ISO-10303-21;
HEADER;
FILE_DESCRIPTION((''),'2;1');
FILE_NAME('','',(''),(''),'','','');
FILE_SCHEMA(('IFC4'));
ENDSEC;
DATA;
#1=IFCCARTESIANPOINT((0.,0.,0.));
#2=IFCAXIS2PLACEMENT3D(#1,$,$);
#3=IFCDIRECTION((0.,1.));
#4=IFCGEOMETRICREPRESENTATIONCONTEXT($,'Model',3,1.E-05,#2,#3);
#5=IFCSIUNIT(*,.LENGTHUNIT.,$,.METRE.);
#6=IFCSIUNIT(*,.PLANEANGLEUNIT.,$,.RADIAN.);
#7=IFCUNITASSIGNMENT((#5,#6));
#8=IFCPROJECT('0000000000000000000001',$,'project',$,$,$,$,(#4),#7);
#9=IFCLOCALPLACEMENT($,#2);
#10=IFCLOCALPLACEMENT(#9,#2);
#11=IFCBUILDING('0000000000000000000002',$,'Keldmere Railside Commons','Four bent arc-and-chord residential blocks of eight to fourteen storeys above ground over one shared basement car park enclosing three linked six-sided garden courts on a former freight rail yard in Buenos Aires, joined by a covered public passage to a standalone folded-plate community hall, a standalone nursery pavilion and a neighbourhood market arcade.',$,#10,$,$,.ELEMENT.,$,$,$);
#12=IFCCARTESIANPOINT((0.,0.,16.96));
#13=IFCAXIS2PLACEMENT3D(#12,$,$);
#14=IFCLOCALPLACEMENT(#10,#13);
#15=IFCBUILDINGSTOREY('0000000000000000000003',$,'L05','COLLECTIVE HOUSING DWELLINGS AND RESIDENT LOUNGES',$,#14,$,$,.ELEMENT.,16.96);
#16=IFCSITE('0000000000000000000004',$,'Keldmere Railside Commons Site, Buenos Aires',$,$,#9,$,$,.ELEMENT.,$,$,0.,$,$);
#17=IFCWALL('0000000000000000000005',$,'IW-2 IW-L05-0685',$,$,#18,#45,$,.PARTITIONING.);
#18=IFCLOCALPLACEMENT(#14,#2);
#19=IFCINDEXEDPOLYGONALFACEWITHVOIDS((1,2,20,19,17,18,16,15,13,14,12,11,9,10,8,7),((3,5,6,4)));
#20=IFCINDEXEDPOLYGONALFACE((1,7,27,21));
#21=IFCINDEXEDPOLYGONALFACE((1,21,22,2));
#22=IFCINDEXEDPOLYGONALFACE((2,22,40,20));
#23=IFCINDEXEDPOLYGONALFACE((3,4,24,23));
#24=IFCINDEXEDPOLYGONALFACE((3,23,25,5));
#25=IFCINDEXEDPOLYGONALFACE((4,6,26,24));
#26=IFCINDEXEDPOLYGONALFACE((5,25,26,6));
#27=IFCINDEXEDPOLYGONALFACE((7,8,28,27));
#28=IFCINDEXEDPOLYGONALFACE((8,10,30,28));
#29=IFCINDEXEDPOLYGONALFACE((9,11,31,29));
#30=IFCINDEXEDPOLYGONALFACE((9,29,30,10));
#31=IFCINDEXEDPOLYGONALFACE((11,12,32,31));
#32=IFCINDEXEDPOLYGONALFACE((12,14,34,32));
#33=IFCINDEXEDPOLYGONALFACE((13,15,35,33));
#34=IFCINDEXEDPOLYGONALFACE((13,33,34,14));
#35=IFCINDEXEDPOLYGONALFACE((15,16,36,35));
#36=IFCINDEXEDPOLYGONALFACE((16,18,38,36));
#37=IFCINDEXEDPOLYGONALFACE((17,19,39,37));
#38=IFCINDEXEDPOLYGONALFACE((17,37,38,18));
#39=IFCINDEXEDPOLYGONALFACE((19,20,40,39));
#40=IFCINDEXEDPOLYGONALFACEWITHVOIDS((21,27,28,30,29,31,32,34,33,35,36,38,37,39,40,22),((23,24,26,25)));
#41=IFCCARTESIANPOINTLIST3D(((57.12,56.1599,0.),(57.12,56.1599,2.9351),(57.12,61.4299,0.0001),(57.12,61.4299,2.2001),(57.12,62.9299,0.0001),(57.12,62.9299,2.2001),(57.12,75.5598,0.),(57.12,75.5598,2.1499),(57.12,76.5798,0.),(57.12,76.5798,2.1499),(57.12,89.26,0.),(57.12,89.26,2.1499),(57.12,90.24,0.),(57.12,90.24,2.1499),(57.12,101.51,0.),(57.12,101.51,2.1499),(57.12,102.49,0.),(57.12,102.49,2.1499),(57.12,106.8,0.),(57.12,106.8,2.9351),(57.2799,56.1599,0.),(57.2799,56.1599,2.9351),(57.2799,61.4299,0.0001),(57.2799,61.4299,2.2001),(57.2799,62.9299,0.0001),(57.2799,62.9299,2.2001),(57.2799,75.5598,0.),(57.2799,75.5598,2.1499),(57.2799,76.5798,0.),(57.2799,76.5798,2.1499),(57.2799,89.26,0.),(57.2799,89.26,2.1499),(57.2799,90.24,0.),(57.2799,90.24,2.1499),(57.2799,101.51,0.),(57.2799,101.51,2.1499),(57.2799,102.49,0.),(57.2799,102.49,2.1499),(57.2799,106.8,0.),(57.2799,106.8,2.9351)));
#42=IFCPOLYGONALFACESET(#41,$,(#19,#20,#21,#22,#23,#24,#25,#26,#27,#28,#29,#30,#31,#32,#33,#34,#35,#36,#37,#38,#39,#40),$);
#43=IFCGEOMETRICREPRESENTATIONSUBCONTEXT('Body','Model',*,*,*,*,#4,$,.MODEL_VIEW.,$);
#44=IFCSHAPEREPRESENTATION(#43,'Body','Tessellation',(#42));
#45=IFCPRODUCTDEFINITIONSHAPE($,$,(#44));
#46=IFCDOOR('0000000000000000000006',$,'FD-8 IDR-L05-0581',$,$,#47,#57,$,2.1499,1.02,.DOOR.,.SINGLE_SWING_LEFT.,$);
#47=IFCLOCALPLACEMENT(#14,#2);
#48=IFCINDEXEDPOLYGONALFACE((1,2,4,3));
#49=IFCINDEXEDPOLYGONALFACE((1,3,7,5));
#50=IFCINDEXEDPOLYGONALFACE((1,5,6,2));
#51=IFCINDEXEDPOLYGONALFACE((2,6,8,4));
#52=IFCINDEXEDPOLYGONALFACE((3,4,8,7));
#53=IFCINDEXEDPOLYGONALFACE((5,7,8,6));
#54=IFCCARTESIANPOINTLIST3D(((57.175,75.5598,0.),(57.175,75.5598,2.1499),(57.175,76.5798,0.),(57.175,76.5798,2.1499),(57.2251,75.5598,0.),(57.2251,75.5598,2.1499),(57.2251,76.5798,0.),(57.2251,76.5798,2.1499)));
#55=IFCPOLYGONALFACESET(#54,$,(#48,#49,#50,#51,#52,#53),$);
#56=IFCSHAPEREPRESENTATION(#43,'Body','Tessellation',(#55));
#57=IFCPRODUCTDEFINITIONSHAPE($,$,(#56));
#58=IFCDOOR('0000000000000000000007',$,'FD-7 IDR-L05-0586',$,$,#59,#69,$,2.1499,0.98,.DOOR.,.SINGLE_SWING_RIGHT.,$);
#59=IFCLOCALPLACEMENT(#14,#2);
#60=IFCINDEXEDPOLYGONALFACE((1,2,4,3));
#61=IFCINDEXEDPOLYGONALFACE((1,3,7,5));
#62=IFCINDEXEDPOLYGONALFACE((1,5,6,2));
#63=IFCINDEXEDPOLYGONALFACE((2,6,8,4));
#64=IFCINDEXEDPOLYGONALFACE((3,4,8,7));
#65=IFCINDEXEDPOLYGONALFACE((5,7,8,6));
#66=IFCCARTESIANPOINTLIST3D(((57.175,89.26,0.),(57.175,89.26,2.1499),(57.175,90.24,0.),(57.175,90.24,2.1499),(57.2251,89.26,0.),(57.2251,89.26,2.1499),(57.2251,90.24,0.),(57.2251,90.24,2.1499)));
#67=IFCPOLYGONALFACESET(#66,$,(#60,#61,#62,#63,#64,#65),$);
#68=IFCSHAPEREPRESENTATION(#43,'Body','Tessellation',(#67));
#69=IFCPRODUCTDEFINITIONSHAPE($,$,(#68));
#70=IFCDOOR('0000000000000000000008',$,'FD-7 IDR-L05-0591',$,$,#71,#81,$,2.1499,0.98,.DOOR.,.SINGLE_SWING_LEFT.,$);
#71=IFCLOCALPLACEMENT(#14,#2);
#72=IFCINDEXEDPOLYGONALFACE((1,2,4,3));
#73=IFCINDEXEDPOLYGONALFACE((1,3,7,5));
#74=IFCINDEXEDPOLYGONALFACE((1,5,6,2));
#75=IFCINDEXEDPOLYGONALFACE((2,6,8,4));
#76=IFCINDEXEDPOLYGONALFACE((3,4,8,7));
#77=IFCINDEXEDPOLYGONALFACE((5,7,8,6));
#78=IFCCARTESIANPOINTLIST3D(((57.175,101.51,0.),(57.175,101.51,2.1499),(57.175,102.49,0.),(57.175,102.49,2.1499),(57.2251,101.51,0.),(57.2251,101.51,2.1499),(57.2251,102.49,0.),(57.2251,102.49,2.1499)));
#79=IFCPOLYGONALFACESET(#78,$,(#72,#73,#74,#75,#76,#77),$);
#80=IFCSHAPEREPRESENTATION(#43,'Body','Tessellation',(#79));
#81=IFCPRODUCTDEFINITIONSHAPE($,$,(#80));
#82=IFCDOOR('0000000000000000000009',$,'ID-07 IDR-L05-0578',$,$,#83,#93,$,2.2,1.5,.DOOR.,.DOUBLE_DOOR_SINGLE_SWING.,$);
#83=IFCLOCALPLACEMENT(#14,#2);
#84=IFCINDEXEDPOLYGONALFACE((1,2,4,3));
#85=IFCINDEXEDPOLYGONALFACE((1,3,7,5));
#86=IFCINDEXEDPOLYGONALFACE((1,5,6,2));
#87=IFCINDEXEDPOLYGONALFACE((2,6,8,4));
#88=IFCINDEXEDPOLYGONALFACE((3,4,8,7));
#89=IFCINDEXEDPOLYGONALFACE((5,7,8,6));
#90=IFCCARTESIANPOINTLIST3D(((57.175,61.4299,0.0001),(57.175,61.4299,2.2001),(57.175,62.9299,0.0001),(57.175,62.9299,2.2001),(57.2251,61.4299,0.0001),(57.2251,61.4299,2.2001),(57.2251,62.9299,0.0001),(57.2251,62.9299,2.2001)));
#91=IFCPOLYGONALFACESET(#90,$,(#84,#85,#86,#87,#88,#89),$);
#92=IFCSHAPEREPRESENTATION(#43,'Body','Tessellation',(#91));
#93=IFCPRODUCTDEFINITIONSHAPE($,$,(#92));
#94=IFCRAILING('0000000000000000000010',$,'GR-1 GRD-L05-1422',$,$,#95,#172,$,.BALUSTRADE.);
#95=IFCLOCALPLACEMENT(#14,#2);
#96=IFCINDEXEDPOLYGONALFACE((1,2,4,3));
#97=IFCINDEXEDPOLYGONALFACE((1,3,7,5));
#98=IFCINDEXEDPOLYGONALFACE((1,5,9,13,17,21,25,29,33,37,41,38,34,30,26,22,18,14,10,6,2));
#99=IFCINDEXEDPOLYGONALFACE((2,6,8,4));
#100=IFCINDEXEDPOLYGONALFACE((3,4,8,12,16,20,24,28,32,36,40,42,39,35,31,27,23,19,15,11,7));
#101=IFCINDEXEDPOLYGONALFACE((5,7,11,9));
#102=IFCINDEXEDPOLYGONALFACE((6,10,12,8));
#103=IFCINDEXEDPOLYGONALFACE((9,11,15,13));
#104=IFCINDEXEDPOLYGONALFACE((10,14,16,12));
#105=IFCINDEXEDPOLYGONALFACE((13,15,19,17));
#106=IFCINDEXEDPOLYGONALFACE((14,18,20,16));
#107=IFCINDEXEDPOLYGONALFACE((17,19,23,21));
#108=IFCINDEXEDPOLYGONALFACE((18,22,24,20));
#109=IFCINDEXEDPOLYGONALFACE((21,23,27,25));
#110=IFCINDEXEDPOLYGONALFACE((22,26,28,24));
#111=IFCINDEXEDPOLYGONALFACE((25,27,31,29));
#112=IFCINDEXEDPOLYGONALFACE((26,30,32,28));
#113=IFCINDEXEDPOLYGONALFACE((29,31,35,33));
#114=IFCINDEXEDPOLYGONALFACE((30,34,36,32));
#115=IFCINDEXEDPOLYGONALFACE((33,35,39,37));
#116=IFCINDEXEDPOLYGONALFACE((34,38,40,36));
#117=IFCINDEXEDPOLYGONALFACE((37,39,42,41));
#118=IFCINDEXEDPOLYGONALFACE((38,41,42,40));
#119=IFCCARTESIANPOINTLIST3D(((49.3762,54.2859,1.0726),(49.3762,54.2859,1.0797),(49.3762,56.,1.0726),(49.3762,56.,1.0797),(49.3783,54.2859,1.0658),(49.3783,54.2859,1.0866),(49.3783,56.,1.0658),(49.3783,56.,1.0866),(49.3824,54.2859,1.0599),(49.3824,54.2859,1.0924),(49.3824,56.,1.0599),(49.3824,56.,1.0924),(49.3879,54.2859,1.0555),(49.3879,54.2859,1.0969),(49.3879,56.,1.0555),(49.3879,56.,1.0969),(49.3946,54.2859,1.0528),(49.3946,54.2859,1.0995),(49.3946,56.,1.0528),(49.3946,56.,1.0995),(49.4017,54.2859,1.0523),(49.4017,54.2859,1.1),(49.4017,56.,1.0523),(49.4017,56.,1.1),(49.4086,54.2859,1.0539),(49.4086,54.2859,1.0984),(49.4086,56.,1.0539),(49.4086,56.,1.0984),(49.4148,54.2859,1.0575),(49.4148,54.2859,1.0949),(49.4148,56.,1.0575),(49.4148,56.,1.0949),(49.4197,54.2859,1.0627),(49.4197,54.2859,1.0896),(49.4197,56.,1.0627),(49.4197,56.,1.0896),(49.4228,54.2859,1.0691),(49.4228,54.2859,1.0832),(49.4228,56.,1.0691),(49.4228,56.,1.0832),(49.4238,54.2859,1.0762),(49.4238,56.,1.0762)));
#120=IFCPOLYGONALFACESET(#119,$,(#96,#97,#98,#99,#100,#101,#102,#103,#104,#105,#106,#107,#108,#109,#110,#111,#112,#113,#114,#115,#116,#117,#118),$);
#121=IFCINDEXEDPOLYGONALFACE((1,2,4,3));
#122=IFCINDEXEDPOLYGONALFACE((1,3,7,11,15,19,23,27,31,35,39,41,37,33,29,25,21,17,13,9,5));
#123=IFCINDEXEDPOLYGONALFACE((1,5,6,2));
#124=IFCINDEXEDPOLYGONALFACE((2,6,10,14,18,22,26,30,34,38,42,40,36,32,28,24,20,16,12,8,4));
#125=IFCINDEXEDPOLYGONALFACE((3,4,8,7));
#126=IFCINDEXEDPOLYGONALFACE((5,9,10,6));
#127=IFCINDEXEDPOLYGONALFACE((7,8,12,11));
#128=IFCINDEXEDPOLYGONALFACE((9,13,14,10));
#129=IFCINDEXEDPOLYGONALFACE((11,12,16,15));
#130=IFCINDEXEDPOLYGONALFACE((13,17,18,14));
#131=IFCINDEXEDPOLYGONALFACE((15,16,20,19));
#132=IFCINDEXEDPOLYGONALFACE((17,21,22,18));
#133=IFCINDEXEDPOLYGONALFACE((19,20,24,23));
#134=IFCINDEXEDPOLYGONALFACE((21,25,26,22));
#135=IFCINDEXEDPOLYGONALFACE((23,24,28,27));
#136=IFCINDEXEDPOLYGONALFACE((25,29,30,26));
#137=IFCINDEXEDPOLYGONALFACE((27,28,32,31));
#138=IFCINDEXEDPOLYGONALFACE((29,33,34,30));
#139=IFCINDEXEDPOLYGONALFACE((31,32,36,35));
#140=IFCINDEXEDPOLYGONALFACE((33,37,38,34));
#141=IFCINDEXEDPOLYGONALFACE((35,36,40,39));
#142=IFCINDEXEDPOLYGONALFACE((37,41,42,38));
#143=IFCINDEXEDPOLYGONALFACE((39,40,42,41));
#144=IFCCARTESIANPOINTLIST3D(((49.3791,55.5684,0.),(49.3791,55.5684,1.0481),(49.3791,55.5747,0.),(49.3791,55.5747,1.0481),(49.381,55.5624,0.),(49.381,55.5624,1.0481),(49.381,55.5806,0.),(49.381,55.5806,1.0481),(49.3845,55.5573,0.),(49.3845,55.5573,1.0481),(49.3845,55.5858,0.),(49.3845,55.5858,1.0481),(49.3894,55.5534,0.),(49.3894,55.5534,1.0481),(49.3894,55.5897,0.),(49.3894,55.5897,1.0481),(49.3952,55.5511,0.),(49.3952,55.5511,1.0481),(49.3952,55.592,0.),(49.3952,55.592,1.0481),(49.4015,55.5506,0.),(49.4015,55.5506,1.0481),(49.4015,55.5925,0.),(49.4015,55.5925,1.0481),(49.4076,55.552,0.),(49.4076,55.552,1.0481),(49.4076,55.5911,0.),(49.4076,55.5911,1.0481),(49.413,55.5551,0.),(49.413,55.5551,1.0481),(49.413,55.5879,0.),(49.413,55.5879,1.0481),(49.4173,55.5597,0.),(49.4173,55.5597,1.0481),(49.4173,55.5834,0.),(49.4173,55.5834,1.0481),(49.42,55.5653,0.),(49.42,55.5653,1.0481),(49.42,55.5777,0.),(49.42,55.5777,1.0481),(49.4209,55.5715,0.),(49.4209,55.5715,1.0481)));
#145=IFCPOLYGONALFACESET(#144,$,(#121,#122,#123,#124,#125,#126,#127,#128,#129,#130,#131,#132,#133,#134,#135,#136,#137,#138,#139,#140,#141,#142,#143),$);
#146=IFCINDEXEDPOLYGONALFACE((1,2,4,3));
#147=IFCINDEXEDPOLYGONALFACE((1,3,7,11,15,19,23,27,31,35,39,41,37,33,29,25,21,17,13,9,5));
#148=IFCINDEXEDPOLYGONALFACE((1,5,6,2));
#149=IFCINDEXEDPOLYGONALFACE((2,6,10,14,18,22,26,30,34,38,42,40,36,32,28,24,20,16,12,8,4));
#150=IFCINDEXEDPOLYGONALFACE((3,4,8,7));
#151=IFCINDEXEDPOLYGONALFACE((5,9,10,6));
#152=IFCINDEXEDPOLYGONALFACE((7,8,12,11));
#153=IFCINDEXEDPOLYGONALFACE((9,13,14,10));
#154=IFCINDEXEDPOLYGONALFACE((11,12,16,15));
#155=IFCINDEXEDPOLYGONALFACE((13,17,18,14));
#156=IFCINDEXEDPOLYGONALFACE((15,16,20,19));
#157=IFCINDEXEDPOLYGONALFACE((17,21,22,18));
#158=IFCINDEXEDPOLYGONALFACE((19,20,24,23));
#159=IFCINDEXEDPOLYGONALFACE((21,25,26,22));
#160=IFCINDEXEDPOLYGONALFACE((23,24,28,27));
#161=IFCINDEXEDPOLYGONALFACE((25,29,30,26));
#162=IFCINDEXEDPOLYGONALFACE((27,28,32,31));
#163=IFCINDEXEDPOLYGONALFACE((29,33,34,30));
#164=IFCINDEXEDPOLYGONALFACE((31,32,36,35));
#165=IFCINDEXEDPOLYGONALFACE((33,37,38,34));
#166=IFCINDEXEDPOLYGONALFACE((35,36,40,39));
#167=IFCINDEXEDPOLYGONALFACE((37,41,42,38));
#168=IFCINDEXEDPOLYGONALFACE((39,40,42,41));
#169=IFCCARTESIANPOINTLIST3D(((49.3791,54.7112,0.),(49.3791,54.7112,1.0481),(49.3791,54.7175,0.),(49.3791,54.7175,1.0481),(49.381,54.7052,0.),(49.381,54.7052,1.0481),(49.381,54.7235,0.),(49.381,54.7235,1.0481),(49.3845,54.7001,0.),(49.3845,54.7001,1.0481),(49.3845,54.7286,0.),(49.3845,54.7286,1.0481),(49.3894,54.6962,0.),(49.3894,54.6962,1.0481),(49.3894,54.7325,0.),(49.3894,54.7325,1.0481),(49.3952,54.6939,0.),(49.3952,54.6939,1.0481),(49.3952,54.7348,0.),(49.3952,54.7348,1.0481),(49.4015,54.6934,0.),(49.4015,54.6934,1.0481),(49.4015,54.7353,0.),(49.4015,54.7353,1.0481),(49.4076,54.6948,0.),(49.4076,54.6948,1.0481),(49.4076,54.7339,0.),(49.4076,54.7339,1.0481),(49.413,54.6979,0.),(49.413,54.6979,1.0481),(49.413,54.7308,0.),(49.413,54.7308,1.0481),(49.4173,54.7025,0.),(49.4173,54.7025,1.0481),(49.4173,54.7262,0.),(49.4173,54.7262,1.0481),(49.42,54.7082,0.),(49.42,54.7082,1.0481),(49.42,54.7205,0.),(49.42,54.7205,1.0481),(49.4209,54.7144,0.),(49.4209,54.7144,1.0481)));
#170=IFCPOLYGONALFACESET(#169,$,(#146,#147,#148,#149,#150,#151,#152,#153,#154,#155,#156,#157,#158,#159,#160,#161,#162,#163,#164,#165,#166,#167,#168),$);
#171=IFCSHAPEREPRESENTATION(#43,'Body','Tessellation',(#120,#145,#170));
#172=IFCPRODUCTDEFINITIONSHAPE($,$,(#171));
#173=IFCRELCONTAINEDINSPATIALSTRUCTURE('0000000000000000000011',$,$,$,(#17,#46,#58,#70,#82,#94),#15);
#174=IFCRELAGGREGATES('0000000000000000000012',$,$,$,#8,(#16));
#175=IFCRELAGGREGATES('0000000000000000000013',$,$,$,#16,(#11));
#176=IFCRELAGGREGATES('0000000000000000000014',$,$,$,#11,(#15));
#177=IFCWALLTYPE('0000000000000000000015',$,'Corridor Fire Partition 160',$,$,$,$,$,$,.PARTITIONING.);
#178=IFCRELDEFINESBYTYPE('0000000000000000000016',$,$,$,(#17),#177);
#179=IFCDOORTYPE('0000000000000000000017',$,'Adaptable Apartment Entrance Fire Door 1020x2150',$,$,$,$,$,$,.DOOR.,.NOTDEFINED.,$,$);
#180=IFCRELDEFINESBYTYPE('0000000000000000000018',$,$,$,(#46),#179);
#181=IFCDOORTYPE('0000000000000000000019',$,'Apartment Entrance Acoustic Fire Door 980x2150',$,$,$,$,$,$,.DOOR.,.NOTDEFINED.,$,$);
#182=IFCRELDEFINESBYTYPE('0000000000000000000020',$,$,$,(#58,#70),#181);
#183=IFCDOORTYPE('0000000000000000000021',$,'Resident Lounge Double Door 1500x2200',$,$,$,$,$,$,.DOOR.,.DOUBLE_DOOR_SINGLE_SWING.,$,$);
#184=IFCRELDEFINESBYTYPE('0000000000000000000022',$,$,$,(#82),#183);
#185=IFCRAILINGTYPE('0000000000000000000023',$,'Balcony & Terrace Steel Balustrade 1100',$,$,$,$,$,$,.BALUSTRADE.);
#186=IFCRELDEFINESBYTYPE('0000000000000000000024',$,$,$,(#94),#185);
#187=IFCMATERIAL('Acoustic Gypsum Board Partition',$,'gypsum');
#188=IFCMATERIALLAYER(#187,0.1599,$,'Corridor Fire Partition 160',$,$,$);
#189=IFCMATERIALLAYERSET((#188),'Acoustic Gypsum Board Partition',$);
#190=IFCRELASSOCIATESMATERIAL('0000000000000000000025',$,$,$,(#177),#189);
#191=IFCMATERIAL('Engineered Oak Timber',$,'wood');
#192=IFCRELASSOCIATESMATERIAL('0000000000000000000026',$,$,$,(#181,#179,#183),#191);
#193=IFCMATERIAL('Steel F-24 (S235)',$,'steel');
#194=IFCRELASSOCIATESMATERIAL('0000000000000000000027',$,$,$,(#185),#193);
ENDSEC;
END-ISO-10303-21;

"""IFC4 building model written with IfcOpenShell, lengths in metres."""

from ifc_helpers import new_model, si_unit, direction, frame, frame_2d, origin, origin_2d, place, context, subcontext, project, spatial, rectangle, circle, extrude, material, layer, layer_set, type_object, element, fill, save


model = new_model("IFC4")

# Units and contexts
model_context = context("Model", 3, precision=1e-05, world=origin(), true_north=direction((0.0, 1.0)))
body_context = subcontext(model_context, "Body", "Model", "MODEL_VIEW")
ifc_project = project(units=[si_unit("LENGTHUNIT", "METRE"), si_unit("PLANEANGLEUNIT", "RADIAN")], contexts=[model_context])

# Site, building, storey
site_placement = place(None, origin())
site = spatial("IfcSite", under=ifc_project, at=site_placement, Name="Keldmere Railside Commons Site, Buenos Aires", CompositionType="ELEMENT", RefElevation=0.0)
building_placement = place(site_placement, origin())
building = spatial("IfcBuilding", under=site, at=building_placement, Name="Keldmere Railside Commons", Description="Four bent arc-and-chord residential blocks of eight to fourteen storeys above ground over one shared basement car park enclosing three linked six-sided garden courts on a former freight rail yard in Buenos Aires, joined by a covered public passage to a standalone folded-plate community hall, a standalone nursery pavilion and a neighbourhood market arcade.", CompositionType="ELEMENT")
storey_placement = place(building_placement, frame((0.0, 0.0, 16.96)))
storey = spatial("IfcBuildingStorey", under=building, at=storey_placement, Name="L05", Description="COLLECTIVE HOUSING DWELLINGS AND RESIDENT LOUNGES", CompositionType="ELEMENT", Elevation=16.96)

# Wall, openings, doors
ifc_material_1 = material(Name="Acoustic Gypsum Board Partition", Category="gypsum")
ifc_layer = layer(ifc_material_1, 0.1599, Name="Corridor Fire Partition 160")
ifc_layer_set = layer_set([ifc_layer], Name="Acoustic Gypsum Board Partition")
wall_type = type_object("IfcWallType", Name="Corridor Fire Partition 160", PredefinedType="PARTITIONING", material=ifc_layer_set)
ifc_material_2 = material(Name="Engineered Oak Timber", Category="wood")
door_type_1 = type_object("IfcDoorType", Name="Apartment Entrance Acoustic Fire Door 980x2150", OperationType="NOTDEFINED", PredefinedType="DOOR", material=ifc_material_2)
ifc_material_3 = material(Name="Steel F-24 (S235)", Category="steel")
wall_1_placement = place(storey_placement, frame((57.2, 56.1599, 0.0), z_axis=(0.0, 0.0, 1.0), x_axis=(0.0, 1.0, 0.0)))
wall_1 = element("IfcWall", 1, at=wall_1_placement, inside=storey, type_object=wall_type, Name="IW-2 IW-L05-0685", PredefinedType="PARTITIONING", context=body_context, shape_type="SweptSolid", body=[
    extrude(rectangle(XDim=50.6401, YDim=0.1599, at=frame_2d((25.3201, 0.0))), origin(), (0.0, 0.0, 1.0), 2.9351),
])
opening_1_placement = place(wall_1_placement, frame((5.27, 0.0, 0.0)))
opening_1 = element("IfcOpeningElement", 2, at=opening_1_placement, cuts=wall_1, PredefinedType="OPENING", context=body_context, shape_type="SweptSolid", body=[
    extrude(rectangle(XDim=1.5, YDim=2.2, at=frame_2d((0.75, 1.1001))), frame((0.0, 0.0898, 0.0), z_axis=(0.0, -1.0, 0.0), x_axis=(1.0, 0.0, 0.0)), (0.0, 0.0, 1.0), 0.1799),
])
opening_2_placement = place(wall_1_placement, frame((19.3999, 0.0, 0.0)))
opening_2 = element("IfcOpeningElement", 3, at=opening_2_placement, cuts=wall_1, PredefinedType="OPENING", context=body_context, shape_type="SweptSolid", body=[
    extrude(rectangle(XDim=1.02, YDim=2.1499, at=frame_2d((0.51, 1.075))), frame((0.0, 0.0898, 0.0), z_axis=(0.0, -1.0, 0.0), x_axis=(1.0, 0.0, 0.0)), (0.0, 0.0, 1.0), 0.1799),
])
opening_3_placement = place(wall_1_placement, frame((33.1001, 0.0, 0.0)))
opening_3 = element("IfcOpeningElement", 4, at=opening_3_placement, cuts=wall_1, PredefinedType="OPENING", context=body_context, shape_type="SweptSolid", body=[
    extrude(rectangle(XDim=0.98, YDim=2.1499, at=frame_2d((0.49, 1.075))), frame((0.0, 0.0898, 0.0), z_axis=(0.0, -1.0, 0.0), x_axis=(1.0, 0.0, 0.0)), (0.0, 0.0, 1.0), 0.1799),
])
opening_4_placement = place(wall_1_placement, frame((45.3501, 0.0, 0.0)))
opening_4 = element("IfcOpeningElement", 5, at=opening_4_placement, cuts=wall_1, PredefinedType="OPENING", context=body_context, shape_type="SweptSolid", body=[
    extrude(rectangle(XDim=0.98, YDim=2.1499, at=frame_2d((0.49, 1.075))), frame((0.0, 0.0898, 0.0), z_axis=(0.0, -1.0, 0.0), x_axis=(1.0, 0.0, 0.0)), (0.0, 0.0, 1.0), 0.1799),
])
door_type_2 = type_object("IfcDoorType", Name="Adaptable Apartment Entrance Fire Door 1020x2150", OperationType="NOTDEFINED", PredefinedType="DOOR", material=ifc_material_2)
door_1_placement = place(opening_2_placement, origin())
door_1 = element("IfcDoor", 6, at=door_1_placement, inside=storey, type_object=door_type_2, Name="FD-8 IDR-L05-0581", OperationType="SINGLE_SWING_LEFT", OverallHeight=2.1499, OverallWidth=1.02, PredefinedType="DOOR", context=body_context, shape_type="SweptSolid", body=[
    extrude(rectangle(XDim=1.02, YDim=2.1499, at=frame_2d((0.51, 1.075))), frame((0.0, 0.0249, 0.0), z_axis=(0.0, -1.0, 0.0), x_axis=(1.0, 0.0, 0.0)), (0.0, 0.0, 1.0), 0.05),
])
fill(opening_2, door_1)
door_2_placement = place(opening_3_placement, origin())
door_2 = element("IfcDoor", 7, at=door_2_placement, inside=storey, type_object=door_type_1, Name="FD-7 IDR-L05-0586", OperationType="SINGLE_SWING_RIGHT", OverallHeight=2.1499, OverallWidth=0.98, PredefinedType="DOOR", context=body_context, shape_type="SweptSolid", body=[
    extrude(rectangle(XDim=0.98, YDim=2.1499, at=frame_2d((0.49, 1.075))), frame((0.0, 0.0249, 0.0), z_axis=(0.0, -1.0, 0.0), x_axis=(1.0, 0.0, 0.0)), (0.0, 0.0, 1.0), 0.05),
])
fill(opening_3, door_2)
door_3_placement = place(opening_4_placement, origin())
door_3 = element("IfcDoor", 8, at=door_3_placement, inside=storey, type_object=door_type_1, Name="FD-7 IDR-L05-0591", OperationType="SINGLE_SWING_LEFT", OverallHeight=2.1499, OverallWidth=0.98, PredefinedType="DOOR", context=body_context, shape_type="SweptSolid", body=[
    extrude(rectangle(XDim=0.98, YDim=2.1499, at=frame_2d((0.49, 1.075))), frame((0.0, 0.0249, 0.0), z_axis=(0.0, -1.0, 0.0), x_axis=(1.0, 0.0, 0.0)), (0.0, 0.0, 1.0), 0.05),
])
fill(opening_4, door_3)
door_type_3 = type_object("IfcDoorType", Name="Resident Lounge Double Door 1500x2200", OperationType="DOUBLE_DOOR_SINGLE_SWING", PredefinedType="DOOR", material=ifc_material_2)
door_4_placement = place(opening_1_placement, origin())
door_4 = element("IfcDoor", 9, at=door_4_placement, inside=storey, type_object=door_type_3, Name="ID-07 IDR-L05-0578", OperationType="DOUBLE_DOOR_SINGLE_SWING", OverallHeight=2.2, OverallWidth=1.5, PredefinedType="DOOR", context=body_context, shape_type="SweptSolid", body=[
    extrude(rectangle(XDim=1.5, YDim=2.2, at=frame_2d((0.75, 1.1001))), frame((0.0, 0.0249, 0.0), z_axis=(0.0, -1.0, 0.0), x_axis=(1.0, 0.0, 0.0)), (0.0, 0.0, 1.0), 0.05),
])
fill(opening_1, door_4)

# Railing
railing_type = type_object("IfcRailingType", Name="Balcony & Terrace Steel Balustrade 1100", PredefinedType="BALUSTRADE", material=ifc_material_3)
railing_1_placement = place(storey_placement, frame((49.3999, 56.0, 0.0)))
element("IfcRailing", 10, at=railing_1_placement, inside=storey, type_object=railing_type, Name="GR-1 GRD-L05-1422", PredefinedType="BALUSTRADE", context=body_context, shape_type="SweptSolid", body=[
    extrude(circle(Radius=0.0239, at=origin_2d()), frame((0.0, 0.0, 1.0762), z_axis=(0.0, -1.0, 0.0), x_axis=(1.0, 0.0, 0.0)), (0.0, 0.0, 1.0), 1.7141),
    extrude(circle(Radius=0.021, at=origin_2d()), frame((0.0, -0.4285, 0.0)), (0.0, 0.0, 1.0), 1.0481),
    extrude(circle(Radius=0.021, at=origin_2d()), frame((0.0, -1.2856, 0.0)), (0.0, 0.0, 1.0), 1.0481),
])

save(model, "model.ifc")
